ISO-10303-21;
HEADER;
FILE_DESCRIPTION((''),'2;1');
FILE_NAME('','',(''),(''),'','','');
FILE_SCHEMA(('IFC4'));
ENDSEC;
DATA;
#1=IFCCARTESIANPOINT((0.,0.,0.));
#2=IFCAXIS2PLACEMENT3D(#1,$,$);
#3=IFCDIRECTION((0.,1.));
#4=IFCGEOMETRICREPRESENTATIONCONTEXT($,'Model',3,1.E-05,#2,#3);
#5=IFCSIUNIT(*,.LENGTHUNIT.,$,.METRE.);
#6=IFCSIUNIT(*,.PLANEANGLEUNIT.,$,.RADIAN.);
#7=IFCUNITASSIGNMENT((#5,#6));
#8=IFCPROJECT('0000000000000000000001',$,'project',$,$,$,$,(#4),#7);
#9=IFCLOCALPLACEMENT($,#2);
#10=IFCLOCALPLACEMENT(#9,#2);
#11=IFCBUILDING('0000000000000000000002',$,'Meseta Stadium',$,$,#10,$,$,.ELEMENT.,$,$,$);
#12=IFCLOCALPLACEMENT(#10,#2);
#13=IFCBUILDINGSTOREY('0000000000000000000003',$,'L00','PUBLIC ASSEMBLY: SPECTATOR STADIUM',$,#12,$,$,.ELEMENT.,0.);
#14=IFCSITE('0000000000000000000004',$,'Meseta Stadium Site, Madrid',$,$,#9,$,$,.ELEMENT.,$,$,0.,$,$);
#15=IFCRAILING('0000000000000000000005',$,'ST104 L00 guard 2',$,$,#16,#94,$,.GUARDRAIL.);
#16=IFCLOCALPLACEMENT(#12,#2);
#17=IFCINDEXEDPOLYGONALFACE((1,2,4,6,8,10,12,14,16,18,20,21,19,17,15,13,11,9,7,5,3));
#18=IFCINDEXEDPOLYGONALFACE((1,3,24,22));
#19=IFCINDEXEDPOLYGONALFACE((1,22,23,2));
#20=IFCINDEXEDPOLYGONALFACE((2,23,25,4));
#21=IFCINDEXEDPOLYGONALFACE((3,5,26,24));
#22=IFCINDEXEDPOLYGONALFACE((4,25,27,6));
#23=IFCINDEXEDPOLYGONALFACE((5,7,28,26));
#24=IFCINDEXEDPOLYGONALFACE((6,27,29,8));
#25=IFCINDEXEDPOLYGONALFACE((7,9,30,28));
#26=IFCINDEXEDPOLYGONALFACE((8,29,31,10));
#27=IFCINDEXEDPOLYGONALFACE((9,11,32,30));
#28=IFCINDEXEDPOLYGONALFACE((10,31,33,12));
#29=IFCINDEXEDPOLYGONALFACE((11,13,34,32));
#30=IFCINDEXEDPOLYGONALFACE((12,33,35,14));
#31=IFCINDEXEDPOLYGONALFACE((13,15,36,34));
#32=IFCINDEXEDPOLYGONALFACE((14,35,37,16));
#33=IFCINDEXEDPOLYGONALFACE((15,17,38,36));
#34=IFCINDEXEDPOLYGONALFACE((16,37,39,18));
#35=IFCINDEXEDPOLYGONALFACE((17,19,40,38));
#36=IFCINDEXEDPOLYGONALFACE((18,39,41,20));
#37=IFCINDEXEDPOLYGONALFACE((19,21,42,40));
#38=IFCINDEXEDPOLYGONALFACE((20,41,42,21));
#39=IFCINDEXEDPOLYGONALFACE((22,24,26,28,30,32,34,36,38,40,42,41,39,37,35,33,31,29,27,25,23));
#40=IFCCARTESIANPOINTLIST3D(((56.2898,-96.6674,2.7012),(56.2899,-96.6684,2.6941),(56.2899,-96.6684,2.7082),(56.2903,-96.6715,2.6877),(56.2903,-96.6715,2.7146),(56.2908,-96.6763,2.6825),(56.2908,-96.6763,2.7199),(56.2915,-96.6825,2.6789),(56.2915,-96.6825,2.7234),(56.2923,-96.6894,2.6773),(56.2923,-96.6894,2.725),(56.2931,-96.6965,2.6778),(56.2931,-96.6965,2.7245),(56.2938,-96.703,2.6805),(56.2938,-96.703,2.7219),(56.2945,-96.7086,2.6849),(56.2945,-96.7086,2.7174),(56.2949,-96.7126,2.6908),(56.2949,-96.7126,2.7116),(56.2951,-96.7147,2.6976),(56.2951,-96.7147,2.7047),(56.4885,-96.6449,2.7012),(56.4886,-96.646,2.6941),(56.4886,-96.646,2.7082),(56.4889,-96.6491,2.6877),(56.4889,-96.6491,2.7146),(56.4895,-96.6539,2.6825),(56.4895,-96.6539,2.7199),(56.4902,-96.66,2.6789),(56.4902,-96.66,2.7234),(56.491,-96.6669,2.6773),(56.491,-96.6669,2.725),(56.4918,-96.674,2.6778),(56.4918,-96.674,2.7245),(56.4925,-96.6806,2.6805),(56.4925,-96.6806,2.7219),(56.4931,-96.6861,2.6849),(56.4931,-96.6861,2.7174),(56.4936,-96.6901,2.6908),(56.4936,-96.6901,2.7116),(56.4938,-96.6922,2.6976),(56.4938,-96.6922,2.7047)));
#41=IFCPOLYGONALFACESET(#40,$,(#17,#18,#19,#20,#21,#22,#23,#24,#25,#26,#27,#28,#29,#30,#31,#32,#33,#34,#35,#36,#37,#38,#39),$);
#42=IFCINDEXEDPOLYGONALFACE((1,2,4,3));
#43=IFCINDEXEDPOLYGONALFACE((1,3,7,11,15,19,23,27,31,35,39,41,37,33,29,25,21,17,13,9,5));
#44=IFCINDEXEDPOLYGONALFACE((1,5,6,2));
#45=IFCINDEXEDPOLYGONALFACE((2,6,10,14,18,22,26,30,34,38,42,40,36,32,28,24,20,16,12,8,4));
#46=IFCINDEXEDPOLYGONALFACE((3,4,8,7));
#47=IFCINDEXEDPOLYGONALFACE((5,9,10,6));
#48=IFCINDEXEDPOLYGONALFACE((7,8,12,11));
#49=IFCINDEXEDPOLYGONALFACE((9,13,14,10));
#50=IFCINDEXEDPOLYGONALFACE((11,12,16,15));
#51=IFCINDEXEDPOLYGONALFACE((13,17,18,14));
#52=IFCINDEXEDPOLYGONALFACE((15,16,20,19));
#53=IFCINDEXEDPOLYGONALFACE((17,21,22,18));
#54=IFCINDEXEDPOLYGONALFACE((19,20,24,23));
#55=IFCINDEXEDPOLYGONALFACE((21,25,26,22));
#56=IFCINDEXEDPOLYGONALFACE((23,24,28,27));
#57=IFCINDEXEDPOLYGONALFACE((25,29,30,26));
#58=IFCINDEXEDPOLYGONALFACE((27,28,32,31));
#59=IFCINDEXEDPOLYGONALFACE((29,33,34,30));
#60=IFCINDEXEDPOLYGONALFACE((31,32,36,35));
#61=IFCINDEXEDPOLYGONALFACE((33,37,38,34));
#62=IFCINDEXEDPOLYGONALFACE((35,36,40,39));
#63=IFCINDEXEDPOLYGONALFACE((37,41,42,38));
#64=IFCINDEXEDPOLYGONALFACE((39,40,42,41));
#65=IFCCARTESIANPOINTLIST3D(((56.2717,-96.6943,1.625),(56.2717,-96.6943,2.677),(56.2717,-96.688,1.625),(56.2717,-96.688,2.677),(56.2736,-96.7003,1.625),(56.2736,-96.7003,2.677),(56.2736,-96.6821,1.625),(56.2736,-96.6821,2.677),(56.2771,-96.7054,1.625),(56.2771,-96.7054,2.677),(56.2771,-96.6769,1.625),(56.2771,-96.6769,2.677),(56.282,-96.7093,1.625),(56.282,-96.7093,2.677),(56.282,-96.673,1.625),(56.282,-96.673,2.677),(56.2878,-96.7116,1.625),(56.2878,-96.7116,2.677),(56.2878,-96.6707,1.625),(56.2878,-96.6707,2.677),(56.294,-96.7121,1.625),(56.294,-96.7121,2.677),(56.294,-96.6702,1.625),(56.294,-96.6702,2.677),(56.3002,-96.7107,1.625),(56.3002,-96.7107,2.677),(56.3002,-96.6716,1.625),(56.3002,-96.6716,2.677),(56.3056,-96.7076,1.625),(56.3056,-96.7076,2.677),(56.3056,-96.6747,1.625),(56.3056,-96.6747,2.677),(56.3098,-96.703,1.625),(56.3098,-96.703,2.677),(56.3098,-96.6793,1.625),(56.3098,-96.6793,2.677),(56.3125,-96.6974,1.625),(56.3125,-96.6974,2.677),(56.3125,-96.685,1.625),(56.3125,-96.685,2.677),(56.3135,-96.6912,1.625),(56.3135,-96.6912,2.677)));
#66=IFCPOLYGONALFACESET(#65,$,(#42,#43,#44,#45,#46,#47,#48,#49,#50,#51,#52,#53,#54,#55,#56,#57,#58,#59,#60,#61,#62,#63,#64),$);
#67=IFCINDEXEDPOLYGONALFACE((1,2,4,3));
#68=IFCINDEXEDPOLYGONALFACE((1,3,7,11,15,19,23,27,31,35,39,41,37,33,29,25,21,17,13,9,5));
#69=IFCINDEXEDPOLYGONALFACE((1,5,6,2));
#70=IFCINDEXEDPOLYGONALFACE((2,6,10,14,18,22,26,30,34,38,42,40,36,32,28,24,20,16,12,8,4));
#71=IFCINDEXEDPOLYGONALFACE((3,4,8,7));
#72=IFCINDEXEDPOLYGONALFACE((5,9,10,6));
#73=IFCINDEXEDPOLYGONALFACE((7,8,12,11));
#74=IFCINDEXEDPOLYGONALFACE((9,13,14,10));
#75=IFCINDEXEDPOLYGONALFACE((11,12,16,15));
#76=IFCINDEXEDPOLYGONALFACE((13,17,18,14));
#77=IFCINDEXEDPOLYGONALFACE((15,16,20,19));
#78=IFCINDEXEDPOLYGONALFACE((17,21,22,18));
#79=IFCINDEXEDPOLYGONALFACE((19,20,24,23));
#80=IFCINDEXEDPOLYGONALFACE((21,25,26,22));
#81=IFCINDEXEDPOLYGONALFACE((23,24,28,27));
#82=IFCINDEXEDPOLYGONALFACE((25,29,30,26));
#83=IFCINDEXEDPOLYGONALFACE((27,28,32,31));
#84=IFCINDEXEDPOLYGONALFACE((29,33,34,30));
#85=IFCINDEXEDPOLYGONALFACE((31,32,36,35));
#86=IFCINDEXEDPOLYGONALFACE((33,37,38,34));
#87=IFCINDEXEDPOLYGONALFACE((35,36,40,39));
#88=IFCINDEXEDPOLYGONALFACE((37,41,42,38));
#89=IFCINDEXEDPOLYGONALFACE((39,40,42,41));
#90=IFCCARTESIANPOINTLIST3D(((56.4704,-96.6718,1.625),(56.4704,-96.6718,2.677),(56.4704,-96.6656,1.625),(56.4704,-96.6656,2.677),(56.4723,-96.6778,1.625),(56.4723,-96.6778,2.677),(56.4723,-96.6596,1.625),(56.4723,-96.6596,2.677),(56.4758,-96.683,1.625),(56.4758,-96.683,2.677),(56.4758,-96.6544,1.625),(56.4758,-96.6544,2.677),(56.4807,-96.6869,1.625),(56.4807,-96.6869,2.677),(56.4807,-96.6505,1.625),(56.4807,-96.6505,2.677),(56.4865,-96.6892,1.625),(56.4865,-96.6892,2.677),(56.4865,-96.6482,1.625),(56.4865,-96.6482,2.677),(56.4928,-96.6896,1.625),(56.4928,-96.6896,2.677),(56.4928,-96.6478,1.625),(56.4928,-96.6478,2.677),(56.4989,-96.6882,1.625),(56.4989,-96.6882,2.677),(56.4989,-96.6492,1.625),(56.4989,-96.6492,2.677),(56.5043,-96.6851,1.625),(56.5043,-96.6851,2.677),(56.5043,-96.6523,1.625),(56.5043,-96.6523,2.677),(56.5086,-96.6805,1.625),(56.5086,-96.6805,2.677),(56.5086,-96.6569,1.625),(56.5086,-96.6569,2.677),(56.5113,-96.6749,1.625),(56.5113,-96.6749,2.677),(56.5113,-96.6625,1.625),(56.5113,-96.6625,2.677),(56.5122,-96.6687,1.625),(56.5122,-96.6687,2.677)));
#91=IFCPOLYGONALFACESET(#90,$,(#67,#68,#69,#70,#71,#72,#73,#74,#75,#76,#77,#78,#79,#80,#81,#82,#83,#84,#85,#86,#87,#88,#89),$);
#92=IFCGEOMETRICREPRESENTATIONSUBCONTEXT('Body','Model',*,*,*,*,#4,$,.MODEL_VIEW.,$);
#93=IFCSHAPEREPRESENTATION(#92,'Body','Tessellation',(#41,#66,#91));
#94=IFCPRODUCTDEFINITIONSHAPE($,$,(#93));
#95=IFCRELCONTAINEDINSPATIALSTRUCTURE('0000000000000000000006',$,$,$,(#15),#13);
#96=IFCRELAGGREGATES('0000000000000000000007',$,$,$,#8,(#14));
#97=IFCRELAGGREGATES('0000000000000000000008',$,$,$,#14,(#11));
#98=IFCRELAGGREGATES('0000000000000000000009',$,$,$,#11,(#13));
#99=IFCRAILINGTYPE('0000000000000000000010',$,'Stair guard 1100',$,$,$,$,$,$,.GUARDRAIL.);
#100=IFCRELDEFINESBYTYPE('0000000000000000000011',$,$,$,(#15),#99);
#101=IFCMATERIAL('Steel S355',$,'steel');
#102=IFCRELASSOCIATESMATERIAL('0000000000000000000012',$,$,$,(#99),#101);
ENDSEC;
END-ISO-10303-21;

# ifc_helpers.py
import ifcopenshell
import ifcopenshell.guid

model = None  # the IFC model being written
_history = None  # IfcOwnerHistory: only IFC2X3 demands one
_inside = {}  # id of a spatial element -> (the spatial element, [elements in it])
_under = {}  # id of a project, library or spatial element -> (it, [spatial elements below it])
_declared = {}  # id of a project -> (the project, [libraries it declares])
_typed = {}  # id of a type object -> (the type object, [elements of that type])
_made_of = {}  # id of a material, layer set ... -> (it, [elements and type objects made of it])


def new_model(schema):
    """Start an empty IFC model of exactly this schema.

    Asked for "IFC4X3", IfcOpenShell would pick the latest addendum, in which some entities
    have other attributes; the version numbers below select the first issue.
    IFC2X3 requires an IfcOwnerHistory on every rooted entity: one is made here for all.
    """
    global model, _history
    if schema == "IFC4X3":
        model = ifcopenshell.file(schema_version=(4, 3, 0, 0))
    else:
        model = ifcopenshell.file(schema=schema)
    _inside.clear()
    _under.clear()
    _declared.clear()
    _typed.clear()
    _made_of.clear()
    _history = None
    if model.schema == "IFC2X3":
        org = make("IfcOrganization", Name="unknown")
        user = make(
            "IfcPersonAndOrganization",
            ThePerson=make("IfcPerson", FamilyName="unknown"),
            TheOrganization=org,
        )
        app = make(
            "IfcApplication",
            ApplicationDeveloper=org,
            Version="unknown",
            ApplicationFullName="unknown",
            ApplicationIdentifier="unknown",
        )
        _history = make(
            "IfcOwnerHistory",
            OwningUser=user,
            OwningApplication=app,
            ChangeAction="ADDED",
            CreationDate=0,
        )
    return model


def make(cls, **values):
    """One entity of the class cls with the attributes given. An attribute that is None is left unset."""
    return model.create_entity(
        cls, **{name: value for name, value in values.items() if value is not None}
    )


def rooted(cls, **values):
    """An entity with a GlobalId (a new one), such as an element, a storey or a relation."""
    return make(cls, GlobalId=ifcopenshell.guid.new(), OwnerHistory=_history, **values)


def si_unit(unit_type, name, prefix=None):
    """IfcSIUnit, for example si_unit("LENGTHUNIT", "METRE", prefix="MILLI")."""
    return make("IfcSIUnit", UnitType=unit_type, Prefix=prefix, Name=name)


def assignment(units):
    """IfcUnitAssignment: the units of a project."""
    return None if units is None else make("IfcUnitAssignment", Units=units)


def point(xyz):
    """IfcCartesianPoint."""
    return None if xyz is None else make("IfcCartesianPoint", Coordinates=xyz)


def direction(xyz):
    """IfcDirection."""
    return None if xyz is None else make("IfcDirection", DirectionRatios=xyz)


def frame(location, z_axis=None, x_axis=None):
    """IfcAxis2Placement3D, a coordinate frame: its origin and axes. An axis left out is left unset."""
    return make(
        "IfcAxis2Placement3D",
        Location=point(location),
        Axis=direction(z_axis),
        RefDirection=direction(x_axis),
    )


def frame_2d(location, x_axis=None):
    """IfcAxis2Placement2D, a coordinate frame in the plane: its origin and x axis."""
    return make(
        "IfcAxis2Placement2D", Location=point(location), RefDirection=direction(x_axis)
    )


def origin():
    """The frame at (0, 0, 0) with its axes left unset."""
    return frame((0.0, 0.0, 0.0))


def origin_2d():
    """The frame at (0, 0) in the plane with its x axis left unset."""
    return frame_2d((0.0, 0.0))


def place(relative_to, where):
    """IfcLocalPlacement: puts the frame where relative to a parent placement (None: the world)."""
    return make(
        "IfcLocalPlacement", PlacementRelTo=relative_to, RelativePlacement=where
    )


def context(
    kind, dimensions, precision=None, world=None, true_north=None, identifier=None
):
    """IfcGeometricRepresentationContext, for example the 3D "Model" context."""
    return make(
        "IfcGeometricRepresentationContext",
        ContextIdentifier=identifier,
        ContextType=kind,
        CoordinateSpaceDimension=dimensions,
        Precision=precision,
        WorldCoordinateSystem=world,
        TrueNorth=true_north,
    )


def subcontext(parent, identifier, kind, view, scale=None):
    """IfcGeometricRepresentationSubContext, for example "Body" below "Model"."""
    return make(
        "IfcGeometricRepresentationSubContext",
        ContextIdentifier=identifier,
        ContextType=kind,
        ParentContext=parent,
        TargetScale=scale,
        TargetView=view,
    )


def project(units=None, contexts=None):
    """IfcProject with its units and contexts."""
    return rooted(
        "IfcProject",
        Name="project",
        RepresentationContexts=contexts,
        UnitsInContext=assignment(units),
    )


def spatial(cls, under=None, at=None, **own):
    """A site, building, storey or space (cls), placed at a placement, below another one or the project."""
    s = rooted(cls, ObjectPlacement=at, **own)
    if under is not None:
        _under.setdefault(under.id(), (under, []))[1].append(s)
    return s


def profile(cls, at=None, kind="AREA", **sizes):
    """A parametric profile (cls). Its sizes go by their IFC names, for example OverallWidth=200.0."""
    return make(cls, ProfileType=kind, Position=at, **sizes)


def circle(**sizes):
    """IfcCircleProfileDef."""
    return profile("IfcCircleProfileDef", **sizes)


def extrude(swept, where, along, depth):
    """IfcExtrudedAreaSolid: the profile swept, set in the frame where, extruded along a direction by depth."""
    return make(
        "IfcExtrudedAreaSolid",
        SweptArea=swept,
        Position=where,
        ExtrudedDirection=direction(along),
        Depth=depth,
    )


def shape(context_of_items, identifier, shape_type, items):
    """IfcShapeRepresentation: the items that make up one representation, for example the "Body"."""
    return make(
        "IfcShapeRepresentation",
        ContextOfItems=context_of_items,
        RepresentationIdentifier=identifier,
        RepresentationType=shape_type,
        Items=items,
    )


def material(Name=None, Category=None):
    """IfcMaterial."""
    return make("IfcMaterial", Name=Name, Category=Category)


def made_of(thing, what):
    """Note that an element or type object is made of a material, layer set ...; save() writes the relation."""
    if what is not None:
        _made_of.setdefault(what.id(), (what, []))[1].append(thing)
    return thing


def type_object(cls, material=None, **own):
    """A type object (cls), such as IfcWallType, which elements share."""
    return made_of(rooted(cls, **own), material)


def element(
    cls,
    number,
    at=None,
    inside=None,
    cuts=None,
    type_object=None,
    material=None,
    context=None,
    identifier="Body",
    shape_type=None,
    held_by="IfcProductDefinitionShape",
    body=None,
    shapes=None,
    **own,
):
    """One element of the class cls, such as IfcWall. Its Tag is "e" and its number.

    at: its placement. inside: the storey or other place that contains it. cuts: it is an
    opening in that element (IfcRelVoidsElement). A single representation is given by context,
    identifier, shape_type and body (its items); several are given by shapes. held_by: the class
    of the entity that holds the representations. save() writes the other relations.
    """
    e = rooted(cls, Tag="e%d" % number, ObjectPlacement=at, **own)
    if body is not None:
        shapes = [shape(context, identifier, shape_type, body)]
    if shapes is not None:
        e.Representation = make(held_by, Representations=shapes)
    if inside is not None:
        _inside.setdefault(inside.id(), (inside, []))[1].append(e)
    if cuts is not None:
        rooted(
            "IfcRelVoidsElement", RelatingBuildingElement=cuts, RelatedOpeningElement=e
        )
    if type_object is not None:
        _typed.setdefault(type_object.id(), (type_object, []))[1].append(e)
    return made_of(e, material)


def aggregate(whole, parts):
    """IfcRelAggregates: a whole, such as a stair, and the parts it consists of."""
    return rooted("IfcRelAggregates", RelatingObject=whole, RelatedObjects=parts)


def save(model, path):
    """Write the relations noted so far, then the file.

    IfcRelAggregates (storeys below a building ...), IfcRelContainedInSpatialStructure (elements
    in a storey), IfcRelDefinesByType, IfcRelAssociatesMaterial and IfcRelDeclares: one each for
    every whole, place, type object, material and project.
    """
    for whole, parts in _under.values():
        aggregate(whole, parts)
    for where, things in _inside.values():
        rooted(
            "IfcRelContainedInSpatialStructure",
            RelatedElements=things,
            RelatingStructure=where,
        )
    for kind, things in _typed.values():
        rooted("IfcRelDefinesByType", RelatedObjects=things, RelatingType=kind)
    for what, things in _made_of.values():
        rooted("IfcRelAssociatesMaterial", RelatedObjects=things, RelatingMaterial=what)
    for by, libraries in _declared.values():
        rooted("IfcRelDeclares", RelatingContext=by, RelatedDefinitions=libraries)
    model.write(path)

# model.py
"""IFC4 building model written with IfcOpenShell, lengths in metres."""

from ifc_helpers import new_model, si_unit, direction, frame, origin, origin_2d, place, context, subcontext, project, spatial, circle, extrude, material, type_object, element, save


model = new_model("IFC4")

# Units and contexts
model_context = context("Model", 3, precision=1e-05, world=origin(), true_north=direction((0.0, 1.0)))
body_context = subcontext(model_context, "Body", "Model", "MODEL_VIEW")
ifc_project = project(units=[si_unit("LENGTHUNIT", "METRE"), si_unit("PLANEANGLEUNIT", "RADIAN")], contexts=[model_context])

# Site, building, storey
site_placement = place(None, origin())
site = spatial("IfcSite", under=ifc_project, at=site_placement, Name="Meseta Stadium Site, Madrid", CompositionType="ELEMENT", RefElevation=0.0)
building_placement = place(site_placement, origin())
building = spatial("IfcBuilding", under=site, at=building_placement, Name="Meseta Stadium", CompositionType="ELEMENT")
storey_placement = place(building_placement, origin())
storey = spatial("IfcBuildingStorey", under=building, at=storey_placement, Name="L00", Description="PUBLIC ASSEMBLY: SPECTATOR STADIUM", CompositionType="ELEMENT", Elevation=0.0)

# Railing
ifc_material_1 = material(Name="Steel S355", Category="steel")
railing_type_1 = type_object("IfcRailingType", Name="Stair guard 1100", PredefinedType="GUARDRAIL", material=ifc_material_1)
railing_1_placement = place(storey_placement, frame((56.2925, -96.6912, 1.625)))
element("IfcRailing", 1, at=railing_1_placement, inside=storey, type_object=railing_type_1, Name="ST104 L00 guard 2", PredefinedType="GUARDRAIL", context=body_context, shape_type="SweptSolid", body=[
    extrude(circle(Radius=0.0239, at=origin_2d()), frame((0.0, 0.0, 1.0762), z_axis=(0.993674, 0.112307, 0.0), x_axis=(-0.112307, 0.993674, 0.0)), (0.0, 0.0, 1.0), 0.2),
    extrude(circle(Radius=0.021, at=origin_2d()), origin(), (0.0, 0.0, 1.0), 1.052),
    extrude(circle(Radius=0.021, at=origin_2d()), frame((0.1987, 0.0225, 0.0)), (0.0, 0.0, 1.0), 1.052),
])

save(model, "model.ifc")
